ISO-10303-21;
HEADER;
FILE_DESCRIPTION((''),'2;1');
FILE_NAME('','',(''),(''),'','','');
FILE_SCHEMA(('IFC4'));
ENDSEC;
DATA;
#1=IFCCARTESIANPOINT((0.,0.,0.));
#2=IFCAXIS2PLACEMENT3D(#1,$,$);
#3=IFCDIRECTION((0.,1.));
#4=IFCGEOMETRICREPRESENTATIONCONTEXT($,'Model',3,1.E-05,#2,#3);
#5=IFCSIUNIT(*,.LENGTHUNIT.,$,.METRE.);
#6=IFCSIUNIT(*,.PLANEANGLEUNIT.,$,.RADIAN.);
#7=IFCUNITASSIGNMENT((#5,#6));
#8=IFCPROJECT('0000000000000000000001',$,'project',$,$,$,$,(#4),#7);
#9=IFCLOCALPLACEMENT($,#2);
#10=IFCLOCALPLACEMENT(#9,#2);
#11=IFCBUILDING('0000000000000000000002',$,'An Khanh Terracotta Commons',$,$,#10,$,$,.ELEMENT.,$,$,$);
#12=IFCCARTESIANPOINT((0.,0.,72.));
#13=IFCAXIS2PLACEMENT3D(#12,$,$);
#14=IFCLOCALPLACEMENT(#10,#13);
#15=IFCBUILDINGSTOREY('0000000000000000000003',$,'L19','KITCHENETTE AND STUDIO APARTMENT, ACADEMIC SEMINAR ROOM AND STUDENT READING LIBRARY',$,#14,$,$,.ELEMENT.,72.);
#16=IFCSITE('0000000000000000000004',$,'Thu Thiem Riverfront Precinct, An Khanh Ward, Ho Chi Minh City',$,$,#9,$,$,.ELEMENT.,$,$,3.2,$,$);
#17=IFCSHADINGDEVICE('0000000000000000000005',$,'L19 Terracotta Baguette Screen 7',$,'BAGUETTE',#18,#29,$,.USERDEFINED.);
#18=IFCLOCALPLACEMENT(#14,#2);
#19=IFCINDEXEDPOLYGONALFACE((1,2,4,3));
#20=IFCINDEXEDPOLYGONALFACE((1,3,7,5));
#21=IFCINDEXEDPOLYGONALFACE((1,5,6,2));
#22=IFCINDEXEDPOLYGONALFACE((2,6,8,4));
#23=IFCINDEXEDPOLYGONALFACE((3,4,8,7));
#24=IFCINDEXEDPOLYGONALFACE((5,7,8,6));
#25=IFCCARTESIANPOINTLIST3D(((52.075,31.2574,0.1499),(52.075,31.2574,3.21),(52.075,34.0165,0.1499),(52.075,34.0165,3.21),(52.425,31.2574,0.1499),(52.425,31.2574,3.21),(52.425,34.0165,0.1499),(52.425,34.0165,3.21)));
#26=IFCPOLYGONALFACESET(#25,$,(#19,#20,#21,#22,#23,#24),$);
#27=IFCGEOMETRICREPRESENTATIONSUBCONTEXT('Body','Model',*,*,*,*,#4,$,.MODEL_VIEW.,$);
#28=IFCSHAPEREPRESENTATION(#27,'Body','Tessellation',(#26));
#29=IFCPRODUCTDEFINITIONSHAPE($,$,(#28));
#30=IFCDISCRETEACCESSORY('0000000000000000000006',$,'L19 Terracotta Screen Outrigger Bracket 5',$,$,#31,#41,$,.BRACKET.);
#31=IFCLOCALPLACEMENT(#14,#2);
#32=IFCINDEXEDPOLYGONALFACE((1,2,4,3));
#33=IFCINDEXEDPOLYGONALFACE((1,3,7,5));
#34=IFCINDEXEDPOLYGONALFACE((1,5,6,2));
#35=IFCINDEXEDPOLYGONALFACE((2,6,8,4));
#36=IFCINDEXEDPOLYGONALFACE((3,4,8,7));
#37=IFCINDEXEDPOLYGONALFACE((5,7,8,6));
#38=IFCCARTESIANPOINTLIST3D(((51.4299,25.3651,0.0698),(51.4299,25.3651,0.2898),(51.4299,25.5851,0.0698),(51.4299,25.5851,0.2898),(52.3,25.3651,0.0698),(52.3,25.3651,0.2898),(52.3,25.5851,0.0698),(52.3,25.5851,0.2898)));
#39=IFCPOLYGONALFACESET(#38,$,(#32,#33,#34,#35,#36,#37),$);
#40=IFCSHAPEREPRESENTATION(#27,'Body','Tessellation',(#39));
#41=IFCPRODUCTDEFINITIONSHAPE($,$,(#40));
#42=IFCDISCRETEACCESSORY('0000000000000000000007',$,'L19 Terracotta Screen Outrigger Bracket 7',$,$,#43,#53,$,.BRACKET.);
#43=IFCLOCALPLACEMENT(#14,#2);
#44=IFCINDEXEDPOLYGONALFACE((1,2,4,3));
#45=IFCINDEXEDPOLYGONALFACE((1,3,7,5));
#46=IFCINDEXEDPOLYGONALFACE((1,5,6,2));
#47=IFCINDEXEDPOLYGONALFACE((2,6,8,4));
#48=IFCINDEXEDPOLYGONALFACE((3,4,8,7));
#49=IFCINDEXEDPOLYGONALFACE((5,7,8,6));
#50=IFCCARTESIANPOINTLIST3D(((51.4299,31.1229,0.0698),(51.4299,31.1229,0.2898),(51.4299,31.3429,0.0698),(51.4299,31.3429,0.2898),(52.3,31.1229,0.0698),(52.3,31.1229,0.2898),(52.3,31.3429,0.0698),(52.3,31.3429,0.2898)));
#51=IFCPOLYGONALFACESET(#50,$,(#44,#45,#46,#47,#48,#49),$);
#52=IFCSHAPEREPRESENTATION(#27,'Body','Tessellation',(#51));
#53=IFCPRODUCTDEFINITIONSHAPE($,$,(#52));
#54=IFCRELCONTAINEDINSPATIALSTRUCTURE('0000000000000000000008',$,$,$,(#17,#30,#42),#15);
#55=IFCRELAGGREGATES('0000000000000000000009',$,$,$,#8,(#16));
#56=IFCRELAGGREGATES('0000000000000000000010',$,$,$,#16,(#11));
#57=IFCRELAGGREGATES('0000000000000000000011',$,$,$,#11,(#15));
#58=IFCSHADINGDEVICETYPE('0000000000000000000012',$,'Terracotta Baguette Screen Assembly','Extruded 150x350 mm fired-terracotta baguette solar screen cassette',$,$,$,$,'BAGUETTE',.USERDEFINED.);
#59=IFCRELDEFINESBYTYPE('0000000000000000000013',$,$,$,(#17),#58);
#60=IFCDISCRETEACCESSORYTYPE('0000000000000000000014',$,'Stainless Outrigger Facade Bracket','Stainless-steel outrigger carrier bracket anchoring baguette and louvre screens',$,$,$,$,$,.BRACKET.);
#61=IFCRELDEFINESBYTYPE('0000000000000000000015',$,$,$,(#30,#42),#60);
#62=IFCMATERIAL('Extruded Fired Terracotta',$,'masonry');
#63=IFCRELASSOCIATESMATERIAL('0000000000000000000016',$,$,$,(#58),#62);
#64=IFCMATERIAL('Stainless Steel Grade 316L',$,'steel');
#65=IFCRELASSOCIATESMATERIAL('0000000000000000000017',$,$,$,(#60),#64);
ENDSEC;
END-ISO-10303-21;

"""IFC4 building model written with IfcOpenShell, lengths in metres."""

from ifc_helpers import new_model, si_unit, direction, frame, origin, origin_2d, place, context, subcontext, project, spatial, rectangle, extrude, material, type_object, element, save


model = new_model("IFC4")

# Units and contexts
model_context = context("Model", 3, precision=1e-05, world=origin(), true_north=direction((0.0, 1.0)))
body_context = subcontext(model_context, "Body", "Model", "MODEL_VIEW")
ifc_project = project(units=[si_unit("LENGTHUNIT", "METRE"), si_unit("PLANEANGLEUNIT", "RADIAN")], contexts=[model_context])

# Site, building, storey
site_placement = place(None, origin())
site = spatial("IfcSite", under=ifc_project, at=site_placement, Name="Thu Thiem Riverfront Precinct, An Khanh Ward, Ho Chi Minh City", CompositionType="ELEMENT", RefElevation=3.2)
building_placement = place(site_placement, origin())
building = spatial("IfcBuilding", under=site, at=building_placement, Name="An Khanh Terracotta Commons", CompositionType="ELEMENT")
storey_placement = place(building_placement, frame((0.0, 0.0, 72.0)))
storey = spatial("IfcBuildingStorey", under=building, at=storey_placement, Name="L19", Description="KITCHENETTE AND STUDIO APARTMENT, ACADEMIC SEMINAR ROOM AND STUDENT READING LIBRARY", CompositionType="ELEMENT", Elevation=72.0)

# Shading device
ifc_material_1 = material(Name="Extruded Fired Terracotta", Category="masonry")
shading_device_type = type_object("IfcShadingDeviceType", Name="Terracotta Baguette Screen Assembly", Description="Extruded 150x350 mm fired-terracotta baguette solar screen cassette", ElementType="BAGUETTE", PredefinedType="USERDEFINED", material=ifc_material_1)
for number, where, z_axis, x_axis, name in (
    (1, (52.25, 32.637, 0.1499), (0.0, 0.0, 1.0), (0.0, 1.0, 0.0), "L19 Terracotta Baguette Screen 7"),
):
    element("IfcShadingDevice", number, at=place(storey_placement, frame(where, z_axis=z_axis, x_axis=x_axis)), inside=storey, type_object=shading_device_type, Name=name, ObjectType="BAGUETTE", PredefinedType="USERDEFINED", context=body_context, shape_type="SweptSolid", body=[
        extrude(rectangle(XDim=2.759, YDim=0.3501, at=origin_2d()), origin(), (0.0, 0.0, 1.0), 3.0601),
    ])

# Discrete accessories
ifc_material_2 = material(Name="Stainless Steel Grade 316L", Category="steel")
discrete_accessory_type = type_object("IfcDiscreteAccessoryType", Name="Stainless Outrigger Facade Bracket", Description="Stainless-steel outrigger carrier bracket anchoring baguette and louvre screens", PredefinedType="BRACKET", material=ifc_material_2)
for number, where, z_axis, x_axis, name in (
    (2, (51.865, 25.4751, 0.0698), (0.0, 0.0, 1.0), (0.0, 1.0, 0.0), "L19 Terracotta Screen Outrigger Bracket 5"),
    (3, (51.865, 31.2329, 0.0698), (0.0, 0.0, 1.0), (0.0, 1.0, 0.0), "L19 Terracotta Screen Outrigger Bracket 7"),
):
    element("IfcDiscreteAccessory", number, at=place(storey_placement, frame(where, z_axis=z_axis, x_axis=x_axis)), inside=storey, type_object=discrete_accessory_type, Name=name, PredefinedType="BRACKET", context=body_context, shape_type="SweptSolid", body=[
        extrude(rectangle(XDim=0.22, YDim=0.8701, at=origin_2d()), origin(), (0.0, 0.0, 1.0), 0.22),
    ])

save(model, "model.ifc")
